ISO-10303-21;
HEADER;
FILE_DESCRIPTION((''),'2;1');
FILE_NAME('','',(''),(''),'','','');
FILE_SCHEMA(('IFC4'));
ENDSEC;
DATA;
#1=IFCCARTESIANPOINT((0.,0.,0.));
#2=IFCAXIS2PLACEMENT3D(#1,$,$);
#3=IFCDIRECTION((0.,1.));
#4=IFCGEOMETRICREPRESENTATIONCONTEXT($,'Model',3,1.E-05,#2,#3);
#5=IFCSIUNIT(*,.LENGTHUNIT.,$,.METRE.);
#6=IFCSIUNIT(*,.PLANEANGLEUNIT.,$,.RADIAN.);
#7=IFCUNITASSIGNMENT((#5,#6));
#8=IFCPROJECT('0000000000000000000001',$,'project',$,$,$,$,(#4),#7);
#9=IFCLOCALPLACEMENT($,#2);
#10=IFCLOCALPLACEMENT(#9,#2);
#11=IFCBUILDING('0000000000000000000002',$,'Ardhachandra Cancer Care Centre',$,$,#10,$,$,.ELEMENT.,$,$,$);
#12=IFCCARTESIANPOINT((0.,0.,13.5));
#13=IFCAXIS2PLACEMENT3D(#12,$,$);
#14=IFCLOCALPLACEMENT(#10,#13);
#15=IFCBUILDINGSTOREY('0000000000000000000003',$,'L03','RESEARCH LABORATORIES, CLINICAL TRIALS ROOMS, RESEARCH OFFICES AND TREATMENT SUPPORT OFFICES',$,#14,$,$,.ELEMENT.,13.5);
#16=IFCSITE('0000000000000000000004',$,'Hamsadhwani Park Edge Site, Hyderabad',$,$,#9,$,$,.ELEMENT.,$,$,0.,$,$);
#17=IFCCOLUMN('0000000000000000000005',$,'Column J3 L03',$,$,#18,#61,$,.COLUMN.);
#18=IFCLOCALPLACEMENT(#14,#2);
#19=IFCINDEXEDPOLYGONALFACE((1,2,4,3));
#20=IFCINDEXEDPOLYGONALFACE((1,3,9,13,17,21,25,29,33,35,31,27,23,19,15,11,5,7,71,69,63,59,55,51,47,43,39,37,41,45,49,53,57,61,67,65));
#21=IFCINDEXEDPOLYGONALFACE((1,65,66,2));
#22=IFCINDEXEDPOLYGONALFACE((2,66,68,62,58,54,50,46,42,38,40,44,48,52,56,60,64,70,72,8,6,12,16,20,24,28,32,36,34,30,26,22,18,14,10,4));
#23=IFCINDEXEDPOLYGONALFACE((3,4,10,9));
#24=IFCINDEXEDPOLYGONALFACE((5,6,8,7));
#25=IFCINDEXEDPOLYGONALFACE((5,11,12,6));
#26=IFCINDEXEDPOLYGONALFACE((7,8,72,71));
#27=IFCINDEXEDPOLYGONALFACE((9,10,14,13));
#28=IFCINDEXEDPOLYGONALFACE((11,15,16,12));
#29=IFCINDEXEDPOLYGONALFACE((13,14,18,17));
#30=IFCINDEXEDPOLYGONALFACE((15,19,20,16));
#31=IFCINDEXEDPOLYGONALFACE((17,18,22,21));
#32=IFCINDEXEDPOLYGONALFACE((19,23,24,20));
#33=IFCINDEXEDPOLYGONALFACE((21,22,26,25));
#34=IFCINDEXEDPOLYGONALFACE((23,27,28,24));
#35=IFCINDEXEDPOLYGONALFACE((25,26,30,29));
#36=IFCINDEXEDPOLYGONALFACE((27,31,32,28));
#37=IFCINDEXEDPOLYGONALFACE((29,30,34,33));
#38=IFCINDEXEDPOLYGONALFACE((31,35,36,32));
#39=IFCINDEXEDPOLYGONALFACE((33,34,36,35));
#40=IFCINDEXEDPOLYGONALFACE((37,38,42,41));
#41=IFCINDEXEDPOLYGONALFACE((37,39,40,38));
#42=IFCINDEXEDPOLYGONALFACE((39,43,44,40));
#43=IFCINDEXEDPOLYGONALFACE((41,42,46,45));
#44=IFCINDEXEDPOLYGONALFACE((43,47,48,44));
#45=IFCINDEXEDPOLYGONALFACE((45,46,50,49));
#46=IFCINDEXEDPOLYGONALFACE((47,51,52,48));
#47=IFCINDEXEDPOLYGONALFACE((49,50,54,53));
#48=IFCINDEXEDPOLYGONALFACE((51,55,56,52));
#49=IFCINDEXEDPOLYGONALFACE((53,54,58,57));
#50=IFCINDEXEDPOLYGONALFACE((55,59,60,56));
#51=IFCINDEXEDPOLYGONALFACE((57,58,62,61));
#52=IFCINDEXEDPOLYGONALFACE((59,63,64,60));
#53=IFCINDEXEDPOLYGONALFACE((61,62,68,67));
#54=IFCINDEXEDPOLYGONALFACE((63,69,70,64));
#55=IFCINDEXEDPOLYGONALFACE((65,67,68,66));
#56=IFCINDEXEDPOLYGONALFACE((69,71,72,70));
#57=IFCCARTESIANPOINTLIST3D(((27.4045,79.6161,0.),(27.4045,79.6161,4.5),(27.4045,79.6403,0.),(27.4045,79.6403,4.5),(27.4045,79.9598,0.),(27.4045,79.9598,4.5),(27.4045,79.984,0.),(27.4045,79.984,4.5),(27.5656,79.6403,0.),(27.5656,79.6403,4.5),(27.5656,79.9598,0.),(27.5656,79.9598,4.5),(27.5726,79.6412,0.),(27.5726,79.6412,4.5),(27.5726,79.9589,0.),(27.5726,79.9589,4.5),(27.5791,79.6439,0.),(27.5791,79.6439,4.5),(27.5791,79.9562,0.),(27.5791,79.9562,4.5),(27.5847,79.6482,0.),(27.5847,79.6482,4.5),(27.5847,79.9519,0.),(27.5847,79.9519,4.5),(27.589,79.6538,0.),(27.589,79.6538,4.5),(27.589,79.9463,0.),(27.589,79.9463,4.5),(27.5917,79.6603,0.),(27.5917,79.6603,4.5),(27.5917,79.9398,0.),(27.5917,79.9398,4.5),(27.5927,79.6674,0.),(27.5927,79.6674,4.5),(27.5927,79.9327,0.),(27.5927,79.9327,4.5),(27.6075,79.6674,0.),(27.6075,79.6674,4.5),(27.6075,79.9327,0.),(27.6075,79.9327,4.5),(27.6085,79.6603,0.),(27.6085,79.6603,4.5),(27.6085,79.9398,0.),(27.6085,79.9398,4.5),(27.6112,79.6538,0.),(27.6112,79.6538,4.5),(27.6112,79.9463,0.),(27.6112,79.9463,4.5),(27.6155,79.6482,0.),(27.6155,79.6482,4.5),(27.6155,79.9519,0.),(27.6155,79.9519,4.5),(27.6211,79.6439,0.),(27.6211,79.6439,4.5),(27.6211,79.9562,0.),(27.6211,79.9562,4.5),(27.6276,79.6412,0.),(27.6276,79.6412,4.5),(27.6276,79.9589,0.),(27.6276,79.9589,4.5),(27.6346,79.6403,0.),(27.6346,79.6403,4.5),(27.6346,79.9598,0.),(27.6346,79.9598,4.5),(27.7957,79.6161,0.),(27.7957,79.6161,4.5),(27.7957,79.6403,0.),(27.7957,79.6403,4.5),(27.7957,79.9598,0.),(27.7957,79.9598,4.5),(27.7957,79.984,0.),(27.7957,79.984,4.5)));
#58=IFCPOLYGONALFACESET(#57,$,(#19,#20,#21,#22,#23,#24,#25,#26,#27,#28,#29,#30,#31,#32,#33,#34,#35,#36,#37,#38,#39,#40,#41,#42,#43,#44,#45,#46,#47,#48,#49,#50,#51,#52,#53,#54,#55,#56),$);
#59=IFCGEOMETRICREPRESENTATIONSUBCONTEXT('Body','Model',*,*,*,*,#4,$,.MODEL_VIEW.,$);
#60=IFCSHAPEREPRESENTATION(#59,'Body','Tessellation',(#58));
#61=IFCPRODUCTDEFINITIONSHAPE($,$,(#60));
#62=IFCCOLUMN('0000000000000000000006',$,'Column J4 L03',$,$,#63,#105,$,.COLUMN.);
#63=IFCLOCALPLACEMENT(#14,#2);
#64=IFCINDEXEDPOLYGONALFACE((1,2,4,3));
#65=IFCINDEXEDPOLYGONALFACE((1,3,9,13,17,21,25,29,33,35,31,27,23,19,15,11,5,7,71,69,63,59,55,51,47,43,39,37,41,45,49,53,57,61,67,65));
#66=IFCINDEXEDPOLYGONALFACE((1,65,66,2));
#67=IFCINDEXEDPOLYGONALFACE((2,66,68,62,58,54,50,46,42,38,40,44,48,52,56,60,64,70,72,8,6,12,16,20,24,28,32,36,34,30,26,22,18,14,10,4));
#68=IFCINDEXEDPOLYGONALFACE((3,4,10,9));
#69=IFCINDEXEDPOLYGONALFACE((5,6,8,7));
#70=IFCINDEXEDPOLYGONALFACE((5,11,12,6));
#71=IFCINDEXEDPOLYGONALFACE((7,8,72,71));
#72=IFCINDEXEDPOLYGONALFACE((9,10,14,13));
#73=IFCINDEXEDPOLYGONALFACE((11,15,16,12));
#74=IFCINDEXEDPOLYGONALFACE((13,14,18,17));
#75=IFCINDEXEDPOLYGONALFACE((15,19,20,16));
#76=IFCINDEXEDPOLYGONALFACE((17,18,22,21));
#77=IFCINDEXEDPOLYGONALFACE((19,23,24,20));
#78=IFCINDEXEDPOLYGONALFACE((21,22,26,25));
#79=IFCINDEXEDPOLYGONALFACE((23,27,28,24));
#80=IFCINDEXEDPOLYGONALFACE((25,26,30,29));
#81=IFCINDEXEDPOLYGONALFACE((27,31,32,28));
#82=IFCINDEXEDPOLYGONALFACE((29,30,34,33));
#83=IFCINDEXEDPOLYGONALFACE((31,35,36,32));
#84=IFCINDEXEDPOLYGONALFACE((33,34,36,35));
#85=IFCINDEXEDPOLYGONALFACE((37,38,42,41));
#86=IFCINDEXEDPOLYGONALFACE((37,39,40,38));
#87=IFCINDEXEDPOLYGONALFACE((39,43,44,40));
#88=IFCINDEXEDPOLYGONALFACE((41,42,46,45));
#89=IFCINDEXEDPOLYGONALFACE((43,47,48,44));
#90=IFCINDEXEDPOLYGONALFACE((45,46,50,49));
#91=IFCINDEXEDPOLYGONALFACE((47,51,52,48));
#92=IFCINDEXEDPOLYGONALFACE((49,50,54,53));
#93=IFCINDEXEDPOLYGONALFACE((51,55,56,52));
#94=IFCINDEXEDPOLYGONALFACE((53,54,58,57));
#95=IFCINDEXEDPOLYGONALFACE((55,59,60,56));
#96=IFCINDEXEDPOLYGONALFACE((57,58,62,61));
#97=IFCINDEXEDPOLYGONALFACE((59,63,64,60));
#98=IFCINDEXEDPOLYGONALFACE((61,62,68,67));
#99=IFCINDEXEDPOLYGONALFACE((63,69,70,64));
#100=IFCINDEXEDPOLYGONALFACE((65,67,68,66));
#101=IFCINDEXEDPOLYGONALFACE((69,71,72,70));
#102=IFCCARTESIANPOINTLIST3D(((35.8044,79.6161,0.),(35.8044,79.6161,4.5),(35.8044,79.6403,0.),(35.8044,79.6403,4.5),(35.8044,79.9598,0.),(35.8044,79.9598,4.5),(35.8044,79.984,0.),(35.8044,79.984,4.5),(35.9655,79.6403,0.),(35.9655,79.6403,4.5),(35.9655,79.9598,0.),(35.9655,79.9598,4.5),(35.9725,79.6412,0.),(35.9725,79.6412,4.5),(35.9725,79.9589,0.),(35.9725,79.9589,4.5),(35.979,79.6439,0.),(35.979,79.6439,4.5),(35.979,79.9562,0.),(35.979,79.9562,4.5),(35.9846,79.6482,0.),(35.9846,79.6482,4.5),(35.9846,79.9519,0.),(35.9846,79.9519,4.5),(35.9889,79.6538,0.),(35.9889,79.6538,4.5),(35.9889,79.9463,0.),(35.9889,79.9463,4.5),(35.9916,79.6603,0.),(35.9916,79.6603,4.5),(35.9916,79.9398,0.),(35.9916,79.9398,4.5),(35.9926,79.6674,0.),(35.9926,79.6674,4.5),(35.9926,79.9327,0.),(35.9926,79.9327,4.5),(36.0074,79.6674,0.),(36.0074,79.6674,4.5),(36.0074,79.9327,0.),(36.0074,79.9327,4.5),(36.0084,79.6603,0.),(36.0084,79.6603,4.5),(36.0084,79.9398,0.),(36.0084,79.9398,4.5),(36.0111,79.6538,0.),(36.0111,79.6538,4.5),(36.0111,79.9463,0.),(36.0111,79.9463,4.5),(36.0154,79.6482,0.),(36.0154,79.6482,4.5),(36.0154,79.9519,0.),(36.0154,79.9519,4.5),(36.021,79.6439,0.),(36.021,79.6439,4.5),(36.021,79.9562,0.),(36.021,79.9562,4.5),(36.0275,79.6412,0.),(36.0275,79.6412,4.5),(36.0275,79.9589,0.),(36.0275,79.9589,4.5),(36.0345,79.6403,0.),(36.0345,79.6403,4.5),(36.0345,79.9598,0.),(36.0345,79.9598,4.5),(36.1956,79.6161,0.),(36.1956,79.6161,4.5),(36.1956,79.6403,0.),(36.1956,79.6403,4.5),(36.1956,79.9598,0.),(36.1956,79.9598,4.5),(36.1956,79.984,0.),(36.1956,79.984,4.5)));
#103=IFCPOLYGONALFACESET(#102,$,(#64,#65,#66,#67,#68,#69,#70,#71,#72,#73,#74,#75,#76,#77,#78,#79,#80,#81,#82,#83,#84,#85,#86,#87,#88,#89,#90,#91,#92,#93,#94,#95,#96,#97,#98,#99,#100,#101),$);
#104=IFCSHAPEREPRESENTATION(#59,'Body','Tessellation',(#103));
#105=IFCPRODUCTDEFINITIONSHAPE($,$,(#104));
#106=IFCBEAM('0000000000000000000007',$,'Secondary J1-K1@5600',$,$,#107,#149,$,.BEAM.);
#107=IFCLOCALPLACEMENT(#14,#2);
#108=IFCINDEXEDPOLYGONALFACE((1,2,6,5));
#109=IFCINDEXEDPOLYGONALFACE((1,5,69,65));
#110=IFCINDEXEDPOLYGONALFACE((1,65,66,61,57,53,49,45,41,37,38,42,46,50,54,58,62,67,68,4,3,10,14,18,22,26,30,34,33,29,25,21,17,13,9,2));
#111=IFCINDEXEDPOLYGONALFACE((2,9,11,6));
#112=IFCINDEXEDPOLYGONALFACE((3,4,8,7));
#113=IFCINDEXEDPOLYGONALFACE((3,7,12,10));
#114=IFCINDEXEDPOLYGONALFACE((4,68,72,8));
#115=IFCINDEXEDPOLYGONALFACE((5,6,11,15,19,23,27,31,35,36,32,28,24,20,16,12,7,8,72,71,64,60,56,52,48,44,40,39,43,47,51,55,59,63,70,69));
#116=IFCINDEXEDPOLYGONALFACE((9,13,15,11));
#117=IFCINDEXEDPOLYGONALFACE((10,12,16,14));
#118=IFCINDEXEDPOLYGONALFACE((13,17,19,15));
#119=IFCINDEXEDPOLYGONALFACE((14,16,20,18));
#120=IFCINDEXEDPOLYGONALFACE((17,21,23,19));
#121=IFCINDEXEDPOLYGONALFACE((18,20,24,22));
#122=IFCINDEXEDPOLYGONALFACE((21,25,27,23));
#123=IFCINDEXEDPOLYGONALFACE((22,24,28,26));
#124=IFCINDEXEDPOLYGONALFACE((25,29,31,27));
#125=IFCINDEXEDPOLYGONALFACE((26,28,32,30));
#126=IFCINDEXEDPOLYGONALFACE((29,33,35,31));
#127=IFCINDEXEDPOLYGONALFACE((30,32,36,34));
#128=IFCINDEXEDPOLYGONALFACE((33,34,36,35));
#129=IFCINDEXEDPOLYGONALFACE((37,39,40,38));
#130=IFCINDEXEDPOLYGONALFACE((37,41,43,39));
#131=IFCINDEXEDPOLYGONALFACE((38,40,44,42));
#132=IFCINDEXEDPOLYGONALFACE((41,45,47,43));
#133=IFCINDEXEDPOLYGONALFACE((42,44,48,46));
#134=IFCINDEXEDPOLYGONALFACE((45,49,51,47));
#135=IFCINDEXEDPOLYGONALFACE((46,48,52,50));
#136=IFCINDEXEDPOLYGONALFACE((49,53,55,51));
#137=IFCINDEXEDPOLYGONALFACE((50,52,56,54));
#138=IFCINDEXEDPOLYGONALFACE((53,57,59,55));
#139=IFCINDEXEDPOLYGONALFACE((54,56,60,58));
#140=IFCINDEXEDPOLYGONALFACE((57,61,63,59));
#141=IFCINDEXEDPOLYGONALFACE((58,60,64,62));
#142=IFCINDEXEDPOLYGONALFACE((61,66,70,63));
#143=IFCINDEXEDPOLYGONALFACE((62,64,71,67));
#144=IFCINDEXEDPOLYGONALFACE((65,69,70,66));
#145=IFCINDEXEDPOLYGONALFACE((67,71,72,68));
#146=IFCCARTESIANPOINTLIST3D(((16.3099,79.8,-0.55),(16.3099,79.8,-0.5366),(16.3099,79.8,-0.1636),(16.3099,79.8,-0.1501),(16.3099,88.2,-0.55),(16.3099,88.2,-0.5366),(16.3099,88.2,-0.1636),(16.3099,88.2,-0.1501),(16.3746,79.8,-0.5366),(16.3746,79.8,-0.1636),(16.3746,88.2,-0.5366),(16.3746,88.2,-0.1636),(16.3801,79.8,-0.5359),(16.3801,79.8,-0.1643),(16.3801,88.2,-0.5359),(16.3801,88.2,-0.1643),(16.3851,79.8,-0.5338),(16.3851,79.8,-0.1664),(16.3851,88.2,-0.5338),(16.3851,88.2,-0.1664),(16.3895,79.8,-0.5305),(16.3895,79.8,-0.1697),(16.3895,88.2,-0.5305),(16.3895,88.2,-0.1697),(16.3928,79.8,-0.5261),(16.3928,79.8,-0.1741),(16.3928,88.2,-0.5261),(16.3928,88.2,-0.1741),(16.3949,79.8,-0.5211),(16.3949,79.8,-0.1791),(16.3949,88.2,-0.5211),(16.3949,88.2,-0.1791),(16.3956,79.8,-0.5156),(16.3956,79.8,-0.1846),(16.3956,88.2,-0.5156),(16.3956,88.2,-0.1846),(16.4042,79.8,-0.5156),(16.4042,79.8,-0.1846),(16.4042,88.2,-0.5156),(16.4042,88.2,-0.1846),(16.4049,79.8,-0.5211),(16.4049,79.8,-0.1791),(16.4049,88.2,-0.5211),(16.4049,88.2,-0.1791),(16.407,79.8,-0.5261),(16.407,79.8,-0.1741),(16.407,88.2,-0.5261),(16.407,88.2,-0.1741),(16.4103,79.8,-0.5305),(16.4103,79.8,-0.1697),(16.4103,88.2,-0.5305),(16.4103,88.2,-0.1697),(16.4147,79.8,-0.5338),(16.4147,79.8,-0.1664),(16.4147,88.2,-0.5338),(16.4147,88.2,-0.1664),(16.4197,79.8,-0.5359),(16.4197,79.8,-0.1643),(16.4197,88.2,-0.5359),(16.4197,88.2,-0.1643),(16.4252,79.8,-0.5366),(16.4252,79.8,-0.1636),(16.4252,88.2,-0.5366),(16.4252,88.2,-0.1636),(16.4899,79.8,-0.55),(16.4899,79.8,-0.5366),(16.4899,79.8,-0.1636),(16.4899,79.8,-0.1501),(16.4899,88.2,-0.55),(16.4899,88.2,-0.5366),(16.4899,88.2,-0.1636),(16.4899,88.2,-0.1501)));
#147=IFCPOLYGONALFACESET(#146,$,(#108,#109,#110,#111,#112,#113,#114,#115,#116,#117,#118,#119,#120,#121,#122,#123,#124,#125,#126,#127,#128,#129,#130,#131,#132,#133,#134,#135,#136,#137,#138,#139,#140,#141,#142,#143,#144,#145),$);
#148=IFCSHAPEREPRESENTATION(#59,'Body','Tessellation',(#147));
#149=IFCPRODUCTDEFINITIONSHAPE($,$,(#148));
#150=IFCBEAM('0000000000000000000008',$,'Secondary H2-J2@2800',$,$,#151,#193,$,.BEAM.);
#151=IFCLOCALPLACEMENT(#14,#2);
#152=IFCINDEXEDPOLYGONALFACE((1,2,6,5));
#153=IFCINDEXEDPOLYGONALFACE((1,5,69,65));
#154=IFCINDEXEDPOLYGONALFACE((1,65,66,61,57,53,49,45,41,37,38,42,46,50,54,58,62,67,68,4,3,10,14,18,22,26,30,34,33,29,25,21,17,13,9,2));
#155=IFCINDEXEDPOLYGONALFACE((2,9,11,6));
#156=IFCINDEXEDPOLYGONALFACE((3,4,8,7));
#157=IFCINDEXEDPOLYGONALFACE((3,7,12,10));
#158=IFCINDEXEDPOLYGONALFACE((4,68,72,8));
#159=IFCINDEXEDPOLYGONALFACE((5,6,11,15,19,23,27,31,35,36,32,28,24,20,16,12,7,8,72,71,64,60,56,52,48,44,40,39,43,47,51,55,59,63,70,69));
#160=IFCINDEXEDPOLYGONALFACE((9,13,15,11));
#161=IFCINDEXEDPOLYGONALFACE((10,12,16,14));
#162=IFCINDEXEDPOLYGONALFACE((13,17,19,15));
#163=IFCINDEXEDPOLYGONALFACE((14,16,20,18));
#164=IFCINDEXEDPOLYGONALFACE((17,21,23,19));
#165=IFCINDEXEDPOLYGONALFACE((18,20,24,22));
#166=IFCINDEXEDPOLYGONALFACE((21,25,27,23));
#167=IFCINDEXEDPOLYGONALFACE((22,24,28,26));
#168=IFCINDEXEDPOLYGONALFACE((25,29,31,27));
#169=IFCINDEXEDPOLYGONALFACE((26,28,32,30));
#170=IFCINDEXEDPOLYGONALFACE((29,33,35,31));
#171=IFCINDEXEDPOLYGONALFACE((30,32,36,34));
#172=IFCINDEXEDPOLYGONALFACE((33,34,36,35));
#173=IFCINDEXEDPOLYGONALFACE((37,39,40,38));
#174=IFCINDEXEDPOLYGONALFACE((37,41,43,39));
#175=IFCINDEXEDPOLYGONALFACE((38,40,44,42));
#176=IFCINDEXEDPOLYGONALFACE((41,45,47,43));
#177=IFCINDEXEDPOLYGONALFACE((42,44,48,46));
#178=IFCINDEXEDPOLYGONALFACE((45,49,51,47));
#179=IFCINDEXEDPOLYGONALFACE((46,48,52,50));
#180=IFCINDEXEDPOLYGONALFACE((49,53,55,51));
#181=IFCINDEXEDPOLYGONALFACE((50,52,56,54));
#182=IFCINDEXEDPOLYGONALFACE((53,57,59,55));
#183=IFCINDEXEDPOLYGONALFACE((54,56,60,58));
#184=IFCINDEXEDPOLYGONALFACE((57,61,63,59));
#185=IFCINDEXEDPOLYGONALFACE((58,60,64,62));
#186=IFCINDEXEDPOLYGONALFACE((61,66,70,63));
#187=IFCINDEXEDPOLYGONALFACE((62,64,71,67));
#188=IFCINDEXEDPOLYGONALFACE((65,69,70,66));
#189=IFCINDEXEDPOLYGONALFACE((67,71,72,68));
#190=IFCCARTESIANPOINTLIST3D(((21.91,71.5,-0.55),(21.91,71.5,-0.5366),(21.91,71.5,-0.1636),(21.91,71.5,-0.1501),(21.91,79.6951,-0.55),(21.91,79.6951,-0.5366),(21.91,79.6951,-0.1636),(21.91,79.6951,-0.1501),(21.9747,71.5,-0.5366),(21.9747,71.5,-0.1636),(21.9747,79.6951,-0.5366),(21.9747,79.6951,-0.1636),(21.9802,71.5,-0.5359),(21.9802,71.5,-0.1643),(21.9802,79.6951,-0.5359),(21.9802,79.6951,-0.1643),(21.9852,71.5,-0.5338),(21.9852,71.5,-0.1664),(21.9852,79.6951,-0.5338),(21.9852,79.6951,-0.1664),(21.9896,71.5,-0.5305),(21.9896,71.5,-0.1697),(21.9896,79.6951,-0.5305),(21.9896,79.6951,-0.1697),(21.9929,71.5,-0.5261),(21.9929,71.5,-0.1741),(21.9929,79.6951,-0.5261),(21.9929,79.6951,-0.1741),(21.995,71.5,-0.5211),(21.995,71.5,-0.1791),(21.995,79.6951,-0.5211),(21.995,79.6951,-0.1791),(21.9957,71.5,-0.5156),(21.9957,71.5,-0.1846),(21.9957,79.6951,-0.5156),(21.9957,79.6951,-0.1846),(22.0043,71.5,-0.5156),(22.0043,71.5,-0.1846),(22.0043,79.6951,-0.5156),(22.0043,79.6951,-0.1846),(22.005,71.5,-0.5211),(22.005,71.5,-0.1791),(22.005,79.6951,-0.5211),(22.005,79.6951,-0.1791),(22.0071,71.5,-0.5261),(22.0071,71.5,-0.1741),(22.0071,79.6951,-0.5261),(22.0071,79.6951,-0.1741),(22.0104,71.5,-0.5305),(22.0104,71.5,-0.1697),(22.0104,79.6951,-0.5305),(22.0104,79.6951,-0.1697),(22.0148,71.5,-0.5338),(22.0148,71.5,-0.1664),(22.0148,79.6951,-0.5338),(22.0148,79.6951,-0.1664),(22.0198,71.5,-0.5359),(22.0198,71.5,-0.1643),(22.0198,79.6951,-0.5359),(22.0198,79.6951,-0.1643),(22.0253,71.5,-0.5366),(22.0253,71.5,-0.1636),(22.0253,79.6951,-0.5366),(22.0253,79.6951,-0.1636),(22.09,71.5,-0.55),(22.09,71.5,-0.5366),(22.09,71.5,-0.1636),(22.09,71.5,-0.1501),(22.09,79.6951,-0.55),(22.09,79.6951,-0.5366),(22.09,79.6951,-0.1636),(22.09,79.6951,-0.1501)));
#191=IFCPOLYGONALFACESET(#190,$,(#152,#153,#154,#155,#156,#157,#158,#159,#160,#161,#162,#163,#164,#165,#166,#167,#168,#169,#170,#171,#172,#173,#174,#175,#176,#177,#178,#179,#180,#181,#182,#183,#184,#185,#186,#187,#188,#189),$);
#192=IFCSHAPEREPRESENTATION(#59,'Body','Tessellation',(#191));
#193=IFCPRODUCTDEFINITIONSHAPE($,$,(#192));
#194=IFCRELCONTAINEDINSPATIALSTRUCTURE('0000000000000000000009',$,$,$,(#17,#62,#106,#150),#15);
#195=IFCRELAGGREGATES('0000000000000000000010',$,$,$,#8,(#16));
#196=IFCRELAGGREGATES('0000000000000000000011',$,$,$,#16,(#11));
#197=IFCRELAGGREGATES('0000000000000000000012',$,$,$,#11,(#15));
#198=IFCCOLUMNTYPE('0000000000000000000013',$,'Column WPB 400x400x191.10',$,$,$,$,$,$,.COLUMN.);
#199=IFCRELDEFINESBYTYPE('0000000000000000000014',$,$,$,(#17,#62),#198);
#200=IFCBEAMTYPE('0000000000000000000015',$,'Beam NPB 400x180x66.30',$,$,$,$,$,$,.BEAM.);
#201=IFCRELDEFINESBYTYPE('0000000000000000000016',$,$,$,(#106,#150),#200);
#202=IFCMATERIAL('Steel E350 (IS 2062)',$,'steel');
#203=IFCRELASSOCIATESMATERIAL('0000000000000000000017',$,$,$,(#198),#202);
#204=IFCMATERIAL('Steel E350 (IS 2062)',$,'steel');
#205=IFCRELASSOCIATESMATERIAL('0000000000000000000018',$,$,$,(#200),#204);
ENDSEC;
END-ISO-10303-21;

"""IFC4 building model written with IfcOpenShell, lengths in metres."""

from ifc_helpers import new_model, si_unit, direction, frame, origin, origin_2d, place, context, subcontext, project, spatial, i_section, extrude, material, material_profile, profile_set, type_object, element, save


model = new_model("IFC4")

# Units and contexts
model_context = context("Model", 3, precision=1e-05, world=origin(), true_north=direction((0.0, 1.0)))
body_context = subcontext(model_context, "Body", "Model", "MODEL_VIEW")
ifc_project = project(units=[si_unit("LENGTHUNIT", "METRE"), si_unit("PLANEANGLEUNIT", "RADIAN")], contexts=[model_context])

# Site, building, storey
site_placement = place(None, origin())
site = spatial("IfcSite", under=ifc_project, at=site_placement, Name="Hamsadhwani Park Edge Site, Hyderabad", CompositionType="ELEMENT", RefElevation=0.0)
building_placement = place(site_placement, origin())
building = spatial("IfcBuilding", under=site, at=building_placement, Name="Ardhachandra Cancer Care Centre", CompositionType="ELEMENT")
storey_placement = place(building_placement, frame((0.0, 0.0, 13.5)))
storey = spatial("IfcBuildingStorey", under=building, at=storey_placement, Name="L03", Description="RESEARCH LABORATORIES, CLINICAL TRIALS ROOMS, RESEARCH OFFICES AND TREATMENT SUPPORT OFFICES", CompositionType="ELEMENT", Elevation=13.5)

# Columns
ifc_material_1 = material(Name="Steel E350 (IS 2062)", Category="steel")
ifc_material_profile_1 = material_profile(ifc_material_1, i_section(OverallWidth=0.3911, OverallDepth=0.3679, WebThickness=0.0149, FlangeThickness=0.0242, FilletRadius=0.0271, at=origin_2d()), Name="WPB 400x400x191.10")
ifc_profile_set_1 = profile_set([ifc_material_profile_1], Name="Steel E350 (IS 2062)")
column_type = type_object("IfcColumnType", Name="Column WPB 400x400x191.10", PredefinedType="COLUMN", material=ifc_profile_set_1)
for number, where, z_axis, x_axis, name in (
    (1, (27.6001, 79.8, 0.0), (0.0, 0.0, 1.0), (1.0, 0.0, 0.0), "Column J3 L03"),
    (2, (36.0, 79.8, 0.0), (0.0, 0.0, 1.0), (1.0, 0.0, 0.0), "Column J4 L03"),
):
    element("IfcColumn", number, at=place(storey_placement, frame(where, z_axis=z_axis, x_axis=x_axis)), inside=storey, type_object=column_type, Name=name, PredefinedType="COLUMN", context=body_context, shape_type="SweptSolid", body=[
        extrude(i_section(OverallWidth=0.3911, OverallDepth=0.3679, WebThickness=0.0149, FlangeThickness=0.0242, FilletRadius=0.0271, at=origin_2d()), origin(), (0.0, 0.0, 1.0), 4.5),
    ])

# Beams
ifc_material_2 = material(Name="Steel E350 (IS 2062)", Category="steel")
ifc_material_profile_2 = material_profile(ifc_material_2, i_section(OverallWidth=0.1799, OverallDepth=0.3999, WebThickness=0.0085, FlangeThickness=0.0134, FilletRadius=0.021, at=origin_2d()), Name="NPB 400x180x66.30")
ifc_profile_set_2 = profile_set([ifc_material_profile_2], Name="Steel E350 (IS 2062)")
beam_type_1 = type_object("IfcBeamType", Name="Beam NPB 400x180x66.30", PredefinedType="BEAM", material=ifc_profile_set_2)
beam_1_placement = place(storey_placement, frame((16.3999, 79.8, -0.3501), z_axis=(0.0, 1.0, 0.0), x_axis=(-1.0, 0.0, 0.0)))
element("IfcBeam", 3, at=beam_1_placement, inside=storey, type_object=beam_type_1, Name="Secondary J1-K1@5600", PredefinedType="BEAM", context=body_context, shape_type="SweptSolid", body=[
    extrude(i_section(OverallWidth=0.1799, OverallDepth=0.3999, WebThickness=0.0085, FlangeThickness=0.0134, FilletRadius=0.021, at=origin_2d()), origin(), (0.0, 0.0, 1.0), 8.3999),
])
beam_2_placement = place(storey_placement, frame((22.0, 71.5, -0.3501), z_axis=(0.0, 1.0, 0.0), x_axis=(-1.0, 0.0, 0.0)))
element("IfcBeam", 4, at=beam_2_placement, inside=storey, type_object=beam_type_1, Name="Secondary H2-J2@2800", PredefinedType="BEAM", context=body_context, shape_type="SweptSolid", body=[
    extrude(i_section(OverallWidth=0.1799, OverallDepth=0.3999, WebThickness=0.0085, FlangeThickness=0.0134, FilletRadius=0.021, at=origin_2d()), origin(), (0.0, 0.0, 1.0), 8.1951),
])

save(model, "model.ifc")
